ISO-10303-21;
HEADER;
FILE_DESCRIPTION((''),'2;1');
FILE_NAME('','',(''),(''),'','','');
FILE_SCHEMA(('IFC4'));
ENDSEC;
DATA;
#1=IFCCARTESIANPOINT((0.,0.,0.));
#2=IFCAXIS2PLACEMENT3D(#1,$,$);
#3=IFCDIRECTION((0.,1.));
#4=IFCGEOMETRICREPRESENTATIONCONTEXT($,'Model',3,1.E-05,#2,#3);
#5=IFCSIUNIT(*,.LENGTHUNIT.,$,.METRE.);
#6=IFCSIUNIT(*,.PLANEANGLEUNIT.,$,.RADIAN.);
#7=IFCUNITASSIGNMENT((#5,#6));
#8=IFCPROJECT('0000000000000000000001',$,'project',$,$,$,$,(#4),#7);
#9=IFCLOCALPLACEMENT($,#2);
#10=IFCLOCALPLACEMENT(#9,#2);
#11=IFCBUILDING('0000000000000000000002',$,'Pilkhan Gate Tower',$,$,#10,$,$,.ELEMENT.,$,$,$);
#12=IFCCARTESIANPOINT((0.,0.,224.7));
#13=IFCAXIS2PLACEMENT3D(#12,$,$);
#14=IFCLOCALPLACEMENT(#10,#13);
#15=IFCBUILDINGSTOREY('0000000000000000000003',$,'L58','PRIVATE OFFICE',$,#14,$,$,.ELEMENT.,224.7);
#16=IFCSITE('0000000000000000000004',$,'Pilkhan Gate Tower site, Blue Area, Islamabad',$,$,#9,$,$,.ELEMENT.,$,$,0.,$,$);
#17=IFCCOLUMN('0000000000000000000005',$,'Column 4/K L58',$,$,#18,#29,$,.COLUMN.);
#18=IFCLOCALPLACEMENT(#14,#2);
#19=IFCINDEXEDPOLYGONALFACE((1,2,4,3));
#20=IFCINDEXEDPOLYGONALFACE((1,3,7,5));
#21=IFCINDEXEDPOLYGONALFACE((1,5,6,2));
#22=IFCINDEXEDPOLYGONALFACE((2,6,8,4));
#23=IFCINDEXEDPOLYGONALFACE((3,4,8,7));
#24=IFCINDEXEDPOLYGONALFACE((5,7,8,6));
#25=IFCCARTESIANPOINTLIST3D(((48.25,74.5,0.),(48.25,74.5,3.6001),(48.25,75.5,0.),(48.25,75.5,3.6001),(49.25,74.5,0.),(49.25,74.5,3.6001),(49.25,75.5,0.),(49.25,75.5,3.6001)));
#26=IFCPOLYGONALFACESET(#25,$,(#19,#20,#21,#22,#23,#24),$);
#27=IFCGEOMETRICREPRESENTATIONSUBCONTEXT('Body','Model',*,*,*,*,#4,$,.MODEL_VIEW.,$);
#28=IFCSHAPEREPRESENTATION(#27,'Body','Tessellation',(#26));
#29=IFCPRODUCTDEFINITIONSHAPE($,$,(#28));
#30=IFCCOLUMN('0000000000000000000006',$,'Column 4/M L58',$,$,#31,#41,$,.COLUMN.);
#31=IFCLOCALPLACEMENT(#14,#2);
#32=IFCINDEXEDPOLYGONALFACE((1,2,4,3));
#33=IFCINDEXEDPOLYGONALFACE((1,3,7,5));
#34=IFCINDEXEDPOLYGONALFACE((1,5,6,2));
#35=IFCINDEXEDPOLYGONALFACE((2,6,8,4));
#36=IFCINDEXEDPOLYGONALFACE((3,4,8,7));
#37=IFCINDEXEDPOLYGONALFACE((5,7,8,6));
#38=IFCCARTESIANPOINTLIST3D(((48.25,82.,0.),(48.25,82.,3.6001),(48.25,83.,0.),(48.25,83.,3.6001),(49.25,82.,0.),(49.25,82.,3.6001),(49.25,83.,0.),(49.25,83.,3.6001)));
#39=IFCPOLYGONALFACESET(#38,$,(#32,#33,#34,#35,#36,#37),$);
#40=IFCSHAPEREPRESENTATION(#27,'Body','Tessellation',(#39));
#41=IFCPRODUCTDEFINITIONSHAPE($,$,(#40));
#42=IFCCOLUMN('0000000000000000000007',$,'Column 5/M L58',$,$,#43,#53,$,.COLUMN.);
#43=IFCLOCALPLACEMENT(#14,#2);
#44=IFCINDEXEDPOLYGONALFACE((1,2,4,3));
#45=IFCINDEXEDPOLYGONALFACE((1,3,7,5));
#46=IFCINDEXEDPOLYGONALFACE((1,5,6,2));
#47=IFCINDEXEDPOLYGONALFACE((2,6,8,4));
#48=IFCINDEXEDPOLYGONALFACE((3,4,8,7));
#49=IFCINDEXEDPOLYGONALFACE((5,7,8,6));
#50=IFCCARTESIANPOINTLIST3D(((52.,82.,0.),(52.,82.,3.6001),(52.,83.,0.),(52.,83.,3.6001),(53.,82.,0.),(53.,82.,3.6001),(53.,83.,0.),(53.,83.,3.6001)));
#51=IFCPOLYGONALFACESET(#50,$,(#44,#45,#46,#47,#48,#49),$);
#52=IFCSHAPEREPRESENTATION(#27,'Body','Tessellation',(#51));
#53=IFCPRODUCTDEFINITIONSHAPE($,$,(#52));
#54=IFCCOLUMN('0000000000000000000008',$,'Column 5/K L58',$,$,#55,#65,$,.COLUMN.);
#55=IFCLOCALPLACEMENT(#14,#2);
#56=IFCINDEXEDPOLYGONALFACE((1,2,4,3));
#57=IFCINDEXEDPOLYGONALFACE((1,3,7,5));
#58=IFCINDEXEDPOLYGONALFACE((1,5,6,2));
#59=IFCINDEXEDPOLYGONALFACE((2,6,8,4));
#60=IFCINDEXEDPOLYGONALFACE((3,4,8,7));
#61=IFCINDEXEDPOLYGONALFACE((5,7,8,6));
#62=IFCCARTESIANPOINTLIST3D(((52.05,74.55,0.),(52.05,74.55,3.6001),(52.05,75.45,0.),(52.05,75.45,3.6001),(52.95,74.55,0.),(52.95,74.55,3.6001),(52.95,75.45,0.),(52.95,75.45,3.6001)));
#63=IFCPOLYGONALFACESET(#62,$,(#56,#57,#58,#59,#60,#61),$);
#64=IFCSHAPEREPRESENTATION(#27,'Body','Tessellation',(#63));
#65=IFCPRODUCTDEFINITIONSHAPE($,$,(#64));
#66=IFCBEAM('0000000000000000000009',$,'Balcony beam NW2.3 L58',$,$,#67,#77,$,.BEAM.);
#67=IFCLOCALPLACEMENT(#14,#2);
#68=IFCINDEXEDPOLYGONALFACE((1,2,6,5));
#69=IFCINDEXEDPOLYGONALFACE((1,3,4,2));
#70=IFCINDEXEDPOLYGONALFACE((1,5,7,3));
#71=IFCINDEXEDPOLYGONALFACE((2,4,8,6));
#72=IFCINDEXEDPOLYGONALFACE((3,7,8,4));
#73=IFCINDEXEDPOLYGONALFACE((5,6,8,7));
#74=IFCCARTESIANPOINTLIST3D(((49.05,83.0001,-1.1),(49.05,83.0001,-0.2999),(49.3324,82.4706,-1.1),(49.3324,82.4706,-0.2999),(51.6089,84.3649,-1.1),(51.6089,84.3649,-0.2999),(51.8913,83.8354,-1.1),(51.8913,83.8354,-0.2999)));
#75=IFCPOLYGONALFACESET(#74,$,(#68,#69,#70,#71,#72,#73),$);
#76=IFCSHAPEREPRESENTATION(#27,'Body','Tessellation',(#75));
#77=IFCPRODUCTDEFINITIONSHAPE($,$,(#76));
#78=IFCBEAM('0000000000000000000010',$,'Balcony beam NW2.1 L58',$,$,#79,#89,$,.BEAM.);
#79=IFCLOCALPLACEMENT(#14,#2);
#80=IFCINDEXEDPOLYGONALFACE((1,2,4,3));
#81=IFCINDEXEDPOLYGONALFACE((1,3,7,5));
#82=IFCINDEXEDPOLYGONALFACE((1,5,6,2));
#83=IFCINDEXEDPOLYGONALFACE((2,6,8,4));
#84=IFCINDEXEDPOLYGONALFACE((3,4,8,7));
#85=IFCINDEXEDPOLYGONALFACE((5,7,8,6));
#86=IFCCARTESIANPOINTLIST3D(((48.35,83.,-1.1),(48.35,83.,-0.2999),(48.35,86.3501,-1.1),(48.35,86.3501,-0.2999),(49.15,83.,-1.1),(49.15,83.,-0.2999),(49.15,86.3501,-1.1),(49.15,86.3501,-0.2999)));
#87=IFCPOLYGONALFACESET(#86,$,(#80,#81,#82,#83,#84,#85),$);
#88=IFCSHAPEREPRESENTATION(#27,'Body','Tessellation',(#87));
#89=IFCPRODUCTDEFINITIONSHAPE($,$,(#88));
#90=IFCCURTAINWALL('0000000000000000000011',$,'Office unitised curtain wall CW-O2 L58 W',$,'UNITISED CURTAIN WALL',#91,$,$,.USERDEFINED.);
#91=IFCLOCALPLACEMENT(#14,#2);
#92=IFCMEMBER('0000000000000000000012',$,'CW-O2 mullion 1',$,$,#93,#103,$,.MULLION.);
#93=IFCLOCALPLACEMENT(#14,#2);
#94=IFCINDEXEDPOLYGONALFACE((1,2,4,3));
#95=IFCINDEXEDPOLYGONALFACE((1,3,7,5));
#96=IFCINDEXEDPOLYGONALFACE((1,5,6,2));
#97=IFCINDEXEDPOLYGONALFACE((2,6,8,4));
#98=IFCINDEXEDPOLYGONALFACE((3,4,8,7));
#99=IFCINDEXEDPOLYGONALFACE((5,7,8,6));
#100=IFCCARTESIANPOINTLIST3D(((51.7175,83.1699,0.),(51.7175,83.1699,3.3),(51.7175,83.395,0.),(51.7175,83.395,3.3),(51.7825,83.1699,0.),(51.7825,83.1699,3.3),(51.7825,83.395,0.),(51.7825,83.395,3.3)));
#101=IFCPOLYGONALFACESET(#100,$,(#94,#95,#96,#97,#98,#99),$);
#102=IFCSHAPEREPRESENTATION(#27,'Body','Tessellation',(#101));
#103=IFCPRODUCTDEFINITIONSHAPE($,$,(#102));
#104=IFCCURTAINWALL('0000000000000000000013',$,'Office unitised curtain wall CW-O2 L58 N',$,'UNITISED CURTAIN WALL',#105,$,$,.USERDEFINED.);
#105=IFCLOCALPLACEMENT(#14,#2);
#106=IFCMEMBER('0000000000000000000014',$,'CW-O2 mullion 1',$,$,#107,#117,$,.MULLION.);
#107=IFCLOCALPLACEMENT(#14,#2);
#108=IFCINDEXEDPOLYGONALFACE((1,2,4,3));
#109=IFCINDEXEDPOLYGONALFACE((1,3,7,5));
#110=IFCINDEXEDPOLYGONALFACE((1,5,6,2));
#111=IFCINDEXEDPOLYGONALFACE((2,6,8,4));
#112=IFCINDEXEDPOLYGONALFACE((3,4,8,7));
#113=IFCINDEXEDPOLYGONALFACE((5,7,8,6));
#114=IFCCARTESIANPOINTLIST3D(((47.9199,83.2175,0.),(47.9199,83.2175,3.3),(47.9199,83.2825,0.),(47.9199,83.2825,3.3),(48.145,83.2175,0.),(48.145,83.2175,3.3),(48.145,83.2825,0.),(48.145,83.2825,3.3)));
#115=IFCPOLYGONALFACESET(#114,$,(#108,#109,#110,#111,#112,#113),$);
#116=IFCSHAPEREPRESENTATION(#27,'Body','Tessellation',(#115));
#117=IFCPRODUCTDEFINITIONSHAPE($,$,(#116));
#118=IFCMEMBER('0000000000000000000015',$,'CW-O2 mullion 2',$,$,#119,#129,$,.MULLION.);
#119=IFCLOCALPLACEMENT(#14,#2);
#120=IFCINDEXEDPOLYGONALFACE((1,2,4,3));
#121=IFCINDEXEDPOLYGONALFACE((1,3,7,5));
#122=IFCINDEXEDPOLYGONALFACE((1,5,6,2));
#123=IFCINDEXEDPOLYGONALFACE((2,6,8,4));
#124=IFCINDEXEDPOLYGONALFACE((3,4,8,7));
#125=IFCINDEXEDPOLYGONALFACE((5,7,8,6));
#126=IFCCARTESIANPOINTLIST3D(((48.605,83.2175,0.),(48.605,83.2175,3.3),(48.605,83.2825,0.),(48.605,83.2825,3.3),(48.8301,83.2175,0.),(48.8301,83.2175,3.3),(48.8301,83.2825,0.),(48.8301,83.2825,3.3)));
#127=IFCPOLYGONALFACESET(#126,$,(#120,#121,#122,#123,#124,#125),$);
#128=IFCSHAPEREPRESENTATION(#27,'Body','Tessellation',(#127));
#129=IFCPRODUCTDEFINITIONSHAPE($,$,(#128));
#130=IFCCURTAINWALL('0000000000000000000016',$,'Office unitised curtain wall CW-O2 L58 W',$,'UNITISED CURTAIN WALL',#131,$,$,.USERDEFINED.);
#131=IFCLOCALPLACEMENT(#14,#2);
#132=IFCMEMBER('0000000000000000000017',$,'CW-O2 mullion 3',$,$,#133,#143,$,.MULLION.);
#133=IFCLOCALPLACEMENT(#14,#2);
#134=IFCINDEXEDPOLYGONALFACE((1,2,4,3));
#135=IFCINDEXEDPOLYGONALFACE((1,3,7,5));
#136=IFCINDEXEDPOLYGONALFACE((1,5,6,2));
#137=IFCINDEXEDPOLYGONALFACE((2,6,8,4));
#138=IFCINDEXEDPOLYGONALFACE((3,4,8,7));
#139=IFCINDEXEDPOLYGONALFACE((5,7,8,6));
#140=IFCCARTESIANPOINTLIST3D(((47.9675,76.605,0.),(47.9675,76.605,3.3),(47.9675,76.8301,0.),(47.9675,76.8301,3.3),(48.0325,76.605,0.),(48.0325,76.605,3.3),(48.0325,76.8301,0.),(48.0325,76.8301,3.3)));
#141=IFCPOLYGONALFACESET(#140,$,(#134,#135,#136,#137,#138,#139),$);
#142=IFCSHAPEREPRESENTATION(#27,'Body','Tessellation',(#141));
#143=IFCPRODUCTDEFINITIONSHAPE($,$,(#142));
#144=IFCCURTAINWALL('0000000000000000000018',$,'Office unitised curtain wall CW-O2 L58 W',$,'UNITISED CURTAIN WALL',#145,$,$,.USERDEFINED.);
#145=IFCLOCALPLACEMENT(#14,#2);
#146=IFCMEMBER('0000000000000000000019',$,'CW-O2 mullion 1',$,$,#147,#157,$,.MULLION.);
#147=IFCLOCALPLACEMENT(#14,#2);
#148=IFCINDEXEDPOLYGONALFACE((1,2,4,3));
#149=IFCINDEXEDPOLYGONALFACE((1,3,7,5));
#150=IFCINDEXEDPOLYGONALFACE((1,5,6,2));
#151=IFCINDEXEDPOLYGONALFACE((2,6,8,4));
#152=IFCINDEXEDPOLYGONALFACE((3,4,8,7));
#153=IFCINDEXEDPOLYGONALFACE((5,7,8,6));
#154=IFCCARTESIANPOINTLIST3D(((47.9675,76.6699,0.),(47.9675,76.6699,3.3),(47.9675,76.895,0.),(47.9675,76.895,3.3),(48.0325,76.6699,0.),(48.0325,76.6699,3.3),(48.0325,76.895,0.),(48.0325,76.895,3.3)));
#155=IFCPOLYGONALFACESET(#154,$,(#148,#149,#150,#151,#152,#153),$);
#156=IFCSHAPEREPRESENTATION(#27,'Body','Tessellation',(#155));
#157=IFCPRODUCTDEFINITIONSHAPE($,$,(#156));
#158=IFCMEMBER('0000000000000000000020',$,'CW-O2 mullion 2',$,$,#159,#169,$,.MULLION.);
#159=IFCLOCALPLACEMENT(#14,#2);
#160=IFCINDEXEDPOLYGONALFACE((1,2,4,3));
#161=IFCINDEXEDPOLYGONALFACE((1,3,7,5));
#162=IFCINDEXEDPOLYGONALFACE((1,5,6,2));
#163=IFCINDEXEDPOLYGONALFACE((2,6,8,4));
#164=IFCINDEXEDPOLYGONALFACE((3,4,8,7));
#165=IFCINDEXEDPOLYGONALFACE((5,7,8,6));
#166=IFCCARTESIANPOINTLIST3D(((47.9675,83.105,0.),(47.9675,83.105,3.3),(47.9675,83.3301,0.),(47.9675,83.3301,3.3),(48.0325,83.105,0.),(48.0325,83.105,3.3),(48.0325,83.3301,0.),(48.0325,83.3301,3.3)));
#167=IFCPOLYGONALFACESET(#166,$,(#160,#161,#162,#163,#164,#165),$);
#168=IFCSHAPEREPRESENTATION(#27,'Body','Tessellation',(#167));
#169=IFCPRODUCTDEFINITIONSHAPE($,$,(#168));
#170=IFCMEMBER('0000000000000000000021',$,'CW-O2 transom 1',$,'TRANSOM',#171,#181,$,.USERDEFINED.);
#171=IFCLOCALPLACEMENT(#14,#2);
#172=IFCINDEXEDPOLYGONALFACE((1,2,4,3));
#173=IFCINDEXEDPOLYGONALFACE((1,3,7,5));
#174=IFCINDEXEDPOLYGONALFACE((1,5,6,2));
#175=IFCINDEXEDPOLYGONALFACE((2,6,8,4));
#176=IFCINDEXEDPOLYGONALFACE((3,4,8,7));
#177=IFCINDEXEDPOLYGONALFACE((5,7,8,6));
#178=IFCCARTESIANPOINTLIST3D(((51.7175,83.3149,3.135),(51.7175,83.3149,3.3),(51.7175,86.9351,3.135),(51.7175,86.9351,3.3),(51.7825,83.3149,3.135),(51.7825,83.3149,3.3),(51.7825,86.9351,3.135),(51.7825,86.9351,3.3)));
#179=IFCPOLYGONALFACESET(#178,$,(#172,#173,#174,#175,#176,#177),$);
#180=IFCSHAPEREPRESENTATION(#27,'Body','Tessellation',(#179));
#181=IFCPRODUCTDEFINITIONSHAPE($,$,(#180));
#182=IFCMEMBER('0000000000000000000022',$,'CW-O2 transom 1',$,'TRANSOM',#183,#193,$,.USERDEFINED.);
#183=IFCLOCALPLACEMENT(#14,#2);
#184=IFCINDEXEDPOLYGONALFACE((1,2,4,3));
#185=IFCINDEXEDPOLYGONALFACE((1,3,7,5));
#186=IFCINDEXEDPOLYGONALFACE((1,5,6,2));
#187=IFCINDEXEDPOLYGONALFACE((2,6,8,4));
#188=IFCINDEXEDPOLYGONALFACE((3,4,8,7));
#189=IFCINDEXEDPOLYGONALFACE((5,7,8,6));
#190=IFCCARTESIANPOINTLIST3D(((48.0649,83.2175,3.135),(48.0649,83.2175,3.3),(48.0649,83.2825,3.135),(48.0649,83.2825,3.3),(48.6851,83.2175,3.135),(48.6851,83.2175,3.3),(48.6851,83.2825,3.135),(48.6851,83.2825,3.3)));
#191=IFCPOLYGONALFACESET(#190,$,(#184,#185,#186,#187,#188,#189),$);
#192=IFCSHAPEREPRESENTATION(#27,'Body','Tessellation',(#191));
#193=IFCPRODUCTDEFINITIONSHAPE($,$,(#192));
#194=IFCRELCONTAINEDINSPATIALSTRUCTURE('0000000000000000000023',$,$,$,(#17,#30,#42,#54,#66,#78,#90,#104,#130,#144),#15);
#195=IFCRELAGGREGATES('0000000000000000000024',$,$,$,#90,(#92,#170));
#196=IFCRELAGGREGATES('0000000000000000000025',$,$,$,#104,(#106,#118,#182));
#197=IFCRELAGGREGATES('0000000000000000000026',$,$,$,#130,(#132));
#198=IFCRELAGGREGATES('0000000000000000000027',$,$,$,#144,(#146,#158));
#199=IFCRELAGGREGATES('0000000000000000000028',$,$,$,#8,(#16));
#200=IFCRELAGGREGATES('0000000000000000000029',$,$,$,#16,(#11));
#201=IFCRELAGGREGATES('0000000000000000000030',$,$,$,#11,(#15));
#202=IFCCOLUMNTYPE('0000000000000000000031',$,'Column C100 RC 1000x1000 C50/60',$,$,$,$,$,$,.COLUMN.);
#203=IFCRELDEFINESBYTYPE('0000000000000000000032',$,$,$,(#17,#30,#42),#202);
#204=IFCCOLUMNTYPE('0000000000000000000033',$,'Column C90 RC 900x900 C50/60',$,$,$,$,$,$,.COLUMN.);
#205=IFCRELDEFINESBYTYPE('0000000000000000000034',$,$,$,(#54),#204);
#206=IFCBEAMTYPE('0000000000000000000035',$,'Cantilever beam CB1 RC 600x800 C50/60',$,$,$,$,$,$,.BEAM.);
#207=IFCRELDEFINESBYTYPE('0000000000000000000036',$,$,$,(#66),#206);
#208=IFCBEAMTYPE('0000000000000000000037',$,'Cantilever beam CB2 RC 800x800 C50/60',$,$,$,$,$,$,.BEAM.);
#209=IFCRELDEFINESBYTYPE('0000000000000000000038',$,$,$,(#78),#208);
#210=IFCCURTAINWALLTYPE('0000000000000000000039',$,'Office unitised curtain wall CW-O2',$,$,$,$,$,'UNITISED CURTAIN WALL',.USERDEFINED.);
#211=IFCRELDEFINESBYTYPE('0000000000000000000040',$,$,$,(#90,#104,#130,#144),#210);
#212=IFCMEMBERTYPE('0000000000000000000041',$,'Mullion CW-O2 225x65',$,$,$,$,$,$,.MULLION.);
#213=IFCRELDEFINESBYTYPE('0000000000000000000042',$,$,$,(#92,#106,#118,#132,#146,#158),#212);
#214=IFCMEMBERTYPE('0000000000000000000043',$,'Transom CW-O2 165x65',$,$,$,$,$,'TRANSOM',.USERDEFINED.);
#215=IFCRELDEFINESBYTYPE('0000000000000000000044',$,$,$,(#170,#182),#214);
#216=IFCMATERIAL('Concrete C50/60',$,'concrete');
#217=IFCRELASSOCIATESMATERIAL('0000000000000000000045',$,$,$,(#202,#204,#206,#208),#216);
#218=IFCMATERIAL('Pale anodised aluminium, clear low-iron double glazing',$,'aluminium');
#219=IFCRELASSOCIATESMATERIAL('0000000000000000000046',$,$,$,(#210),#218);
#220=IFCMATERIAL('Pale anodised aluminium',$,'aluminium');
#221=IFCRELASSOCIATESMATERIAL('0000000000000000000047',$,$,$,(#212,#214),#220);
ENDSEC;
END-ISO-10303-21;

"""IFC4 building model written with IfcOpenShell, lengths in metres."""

from ifc_helpers import new_model, si_unit, direction, frame, origin, origin_2d, place, context, subcontext, project, spatial, rectangle, extrude, material, material_profile, profile_set, type_object, element, aggregate, save


model = new_model("IFC4")

# Units and contexts
model_context = context("Model", 3, precision=1e-05, world=origin(), true_north=direction((0.0, 1.0)))
body_context = subcontext(model_context, "Body", "Model", "MODEL_VIEW")
ifc_project = project(units=[si_unit("LENGTHUNIT", "METRE"), si_unit("PLANEANGLEUNIT", "RADIAN")], contexts=[model_context])

# Site, building, storey
site_placement = place(None, origin())
site = spatial("IfcSite", under=ifc_project, at=site_placement, Name="Pilkhan Gate Tower site, Blue Area, Islamabad", CompositionType="ELEMENT", RefElevation=0.0)
building_placement = place(site_placement, origin())
building = spatial("IfcBuilding", under=site, at=building_placement, Name="Pilkhan Gate Tower", CompositionType="ELEMENT")
storey_placement = place(building_placement, frame((0.0, 0.0, 224.7)))
storey = spatial("IfcBuildingStorey", under=building, at=storey_placement, Name="L58", Description="PRIVATE OFFICE", CompositionType="ELEMENT", Elevation=224.7)

# Columns
ifc_material_1 = material(Name="Concrete C50/60", Category="concrete")
ifc_material_profile_1 = material_profile(ifc_material_1, rectangle(XDim=1.0, YDim=1.0, at=origin_2d()), Name="RC 1000x1000")
ifc_profile_set_1 = profile_set([ifc_material_profile_1], Name="Concrete C50/60")
column_type_1 = type_object("IfcColumnType", Name="Column C100 RC 1000x1000 C50/60", PredefinedType="COLUMN", material=ifc_profile_set_1)
for number, where, z_axis, x_axis, name in (
    (1, (48.75, 75.0, 0.0), (0.0, 0.0, 1.0), (1.0, 0.0, 0.0), "Column 4/K L58"),
    (2, (48.75, 82.5, 0.0), (0.0, 0.0, 1.0), (1.0, 0.0, 0.0), "Column 4/M L58"),
    (3, (52.5, 82.5, 0.0), (0.0, 0.0, 1.0), (1.0, 0.0, 0.0), "Column 5/M L58"),
):
    element("IfcColumn", number, at=place(storey_placement, frame(where, z_axis=z_axis, x_axis=x_axis)), inside=storey, type_object=column_type_1, Name=name, PredefinedType="COLUMN", context=body_context, shape_type="SweptSolid", body=[
        extrude(rectangle(XDim=1.0, YDim=1.0, at=origin_2d()), origin(), (0.0, 0.0, 1.0), 3.6001),
    ])
ifc_material_profile_2 = material_profile(ifc_material_1, rectangle(XDim=0.8999, YDim=0.8999, at=origin_2d()), Name="RC 900x900")
ifc_profile_set_2 = profile_set([ifc_material_profile_2], Name="Concrete C50/60")
column_type_2 = type_object("IfcColumnType", Name="Column C90 RC 900x900 C50/60", PredefinedType="COLUMN", material=ifc_profile_set_2)
column_placement = place(storey_placement, frame((52.5, 75.0, 0.0), z_axis=(0.0, 0.0, 1.0), x_axis=(1.0, 0.0, 0.0)))
element("IfcColumn", 4, at=column_placement, inside=storey, type_object=column_type_2, Name="Column 5/K L58", PredefinedType="COLUMN", context=body_context, shape_type="SweptSolid", body=[
    extrude(rectangle(XDim=0.8999, YDim=0.8999, at=origin_2d()), origin(), (0.0, 0.0, 1.0), 3.6001),
])

# Beams
ifc_material_profile_3 = material_profile(ifc_material_1, rectangle(XDim=0.6001, YDim=0.8, at=origin_2d()), Name="RC 600x800")
ifc_profile_set_3 = profile_set([ifc_material_profile_3], Name="Concrete C50/60")
beam_type_1 = type_object("IfcBeamType", Name="Cantilever beam CB1 RC 600x800 C50/60", PredefinedType="BEAM", material=ifc_profile_set_3)
beam_1_placement = place(storey_placement, frame((49.1912, 82.7354, -0.7), z_axis=(0.882348, 0.470597, 0.0), x_axis=(-0.470597, 0.882348, 0.0)))
element("IfcBeam", 5, at=beam_1_placement, inside=storey, type_object=beam_type_1, Name="Balcony beam NW2.3 L58", PredefinedType="BEAM", context=body_context, shape_type="SweptSolid", body=[
    extrude(rectangle(XDim=0.6001, YDim=0.8, at=origin_2d()), origin(), (0.0, 0.0, 1.0), 2.9001),
])
ifc_material_profile_4 = material_profile(ifc_material_1, rectangle(XDim=0.8, YDim=0.8, at=origin_2d()), Name="RC 800x800")
ifc_profile_set_4 = profile_set([ifc_material_profile_4], Name="Concrete C50/60")
beam_type_2 = type_object("IfcBeamType", Name="Cantilever beam CB2 RC 800x800 C50/60", PredefinedType="BEAM", material=ifc_profile_set_4)
beam_2_placement = place(storey_placement, frame((48.75, 83.0, -0.7), z_axis=(0.0, 1.0, 0.0), x_axis=(-1.0, 0.0, 0.0)))
element("IfcBeam", 6, at=beam_2_placement, inside=storey, type_object=beam_type_2, Name="Balcony beam NW2.1 L58", PredefinedType="BEAM", context=body_context, shape_type="SweptSolid", body=[
    extrude(rectangle(XDim=0.8, YDim=0.8, at=origin_2d()), origin(), (0.0, 0.0, 1.0), 3.3501),
])

# Curtain wall, member
ifc_material_2 = material(Name="Pale anodised aluminium, clear low-iron double glazing", Category="aluminium")
curtain_wall_type = type_object("IfcCurtainWallType", Name="Office unitised curtain wall CW-O2", ElementType="UNITISED CURTAIN WALL", PredefinedType="USERDEFINED", material=ifc_material_2)
curtain_wall_1_placement = place(storey_placement, origin())
curtain_wall_1 = element("IfcCurtainWall", 7, at=curtain_wall_1_placement, inside=storey, type_object=curtain_wall_type, Name="Office unitised curtain wall CW-O2 L58 W", ObjectType="UNITISED CURTAIN WALL", PredefinedType="USERDEFINED")
ifc_material_3 = material(Name="Pale anodised aluminium", Category="aluminium")
ifc_material_profile_5 = material_profile(ifc_material_3, rectangle(XDim=0.0649, YDim=0.2251, at=origin_2d()), Name="Mullion 225x65")
ifc_profile_set_5 = profile_set([ifc_material_profile_5], Name="Pale anodised aluminium")
member_type_1 = type_object("IfcMemberType", Name="Mullion CW-O2 225x65", PredefinedType="MULLION", material=ifc_profile_set_5)
member_1_placement = place(storey_placement, frame((51.75, 83.2825, 0.0), z_axis=(0.0, 0.0, 1.0), x_axis=(-1.0, 0.0, 0.0)))
member_1 = element("IfcMember", 8, at=member_1_placement, type_object=member_type_1, Name="CW-O2 mullion 1", PredefinedType="MULLION", context=body_context, shape_type="SweptSolid", body=[
    extrude(rectangle(XDim=0.0649, YDim=0.2251, at=origin_2d()), origin(), (0.0, 0.0, 1.0), 3.3),
])

# Curtain wall, members
curtain_wall_2_placement = place(storey_placement, origin())
curtain_wall_2 = element("IfcCurtainWall", 9, at=curtain_wall_2_placement, inside=storey, type_object=curtain_wall_type, Name="Office unitised curtain wall CW-O2 L58 N", ObjectType="UNITISED CURTAIN WALL", PredefinedType="USERDEFINED")
member_2_placement = place(storey_placement, frame((48.0325, 83.25, 0.0), z_axis=(0.0, 0.0, 1.0), x_axis=(0.0, 1.0, 0.0)))
member_2 = element("IfcMember", 10, at=member_2_placement, type_object=member_type_1, Name="CW-O2 mullion 1", PredefinedType="MULLION", context=body_context, shape_type="SweptSolid", body=[
    extrude(rectangle(XDim=0.0649, YDim=0.2251, at=origin_2d()), origin(), (0.0, 0.0, 1.0), 3.3),
])
member_3_placement = place(storey_placement, frame((48.7175, 83.25, 0.0), z_axis=(0.0, 0.0, 1.0), x_axis=(0.0, 1.0, 0.0)))
member_3 = element("IfcMember", 11, at=member_3_placement, type_object=member_type_1, Name="CW-O2 mullion 2", PredefinedType="MULLION", context=body_context, shape_type="SweptSolid", body=[
    extrude(rectangle(XDim=0.0649, YDim=0.2251, at=origin_2d()), origin(), (0.0, 0.0, 1.0), 3.3),
])

# Curtain wall, member
curtain_wall_3_placement = place(storey_placement, origin())
curtain_wall_3 = element("IfcCurtainWall", 12, at=curtain_wall_3_placement, inside=storey, type_object=curtain_wall_type, Name="Office unitised curtain wall CW-O2 L58 W", ObjectType="UNITISED CURTAIN WALL", PredefinedType="USERDEFINED")
member_4_placement = place(storey_placement, frame((48.0, 76.7175, 0.0), z_axis=(0.0, 0.0, 1.0), x_axis=(-1.0, 0.0, 0.0)))
member_4 = element("IfcMember", 13, at=member_4_placement, type_object=member_type_1, Name="CW-O2 mullion 3", PredefinedType="MULLION", context=body_context, shape_type="SweptSolid", body=[
    extrude(rectangle(XDim=0.0649, YDim=0.2251, at=origin_2d()), origin(), (0.0, 0.0, 1.0), 3.3),
])

# Curtain wall, members
curtain_wall_4_placement = place(storey_placement, origin())
curtain_wall_4 = element("IfcCurtainWall", 14, at=curtain_wall_4_placement, inside=storey, type_object=curtain_wall_type, Name="Office unitised curtain wall CW-O2 L58 W", ObjectType="UNITISED CURTAIN WALL", PredefinedType="USERDEFINED")
member_5_placement = place(storey_placement, frame((48.0, 76.7825, 0.0), z_axis=(0.0, 0.0, 1.0), x_axis=(-1.0, 0.0, 0.0)))
member_5 = element("IfcMember", 15, at=member_5_placement, type_object=member_type_1, Name="CW-O2 mullion 1", PredefinedType="MULLION", context=body_context, shape_type="SweptSolid", body=[
    extrude(rectangle(XDim=0.0649, YDim=0.2251, at=origin_2d()), origin(), (0.0, 0.0, 1.0), 3.3),
])
member_6_placement = place(storey_placement, frame((48.0, 83.2175, 0.0), z_axis=(0.0, 0.0, 1.0), x_axis=(-1.0, 0.0, 0.0)))
member_6 = element("IfcMember", 16, at=member_6_placement, type_object=member_type_1, Name="CW-O2 mullion 2", PredefinedType="MULLION", context=body_context, shape_type="SweptSolid", body=[
    extrude(rectangle(XDim=0.0649, YDim=0.2251, at=origin_2d()), origin(), (0.0, 0.0, 1.0), 3.3),
])

# Members
ifc_material_profile_6 = material_profile(ifc_material_3, rectangle(XDim=0.0649, YDim=0.165, at=origin_2d()), Name="Transom 165x65")
ifc_profile_set_6 = profile_set([ifc_material_profile_6], Name="Pale anodised aluminium")
member_type_2 = type_object("IfcMemberType", Name="Transom CW-O2 165x65", ElementType="TRANSOM", PredefinedType="USERDEFINED", material=ifc_profile_set_6)
member_7_placement = place(storey_placement, frame((51.75, 83.3149, 3.2175), z_axis=(0.0, 1.0, 0.0), x_axis=(-1.0, 0.0, 0.0)))
member_7 = element("IfcMember", 17, at=member_7_placement, type_object=member_type_2, Name="CW-O2 transom 1", ObjectType="TRANSOM", PredefinedType="USERDEFINED", context=body_context, shape_type="SweptSolid", body=[
    extrude(rectangle(XDim=0.0649, YDim=0.165, at=origin_2d()), origin(), (0.0, 0.0, 1.0), 3.6201),
])
aggregate(curtain_wall_1, [member_1, member_7])
member_8_placement = place(storey_placement, frame((48.0649, 83.25, 3.2175), z_axis=(1.0, 0.0, 0.0), x_axis=(0.0, 1.0, 0.0)))
member_8 = element("IfcMember", 18, at=member_8_placement, type_object=member_type_2, Name="CW-O2 transom 1", ObjectType="TRANSOM", PredefinedType="USERDEFINED", context=body_context, shape_type="SweptSolid", body=[
    extrude(rectangle(XDim=0.0649, YDim=0.165, at=origin_2d()), origin(), (0.0, 0.0, 1.0), 0.6201),
])

aggregate(curtain_wall_2, [member_2, member_3, member_8])
aggregate(curtain_wall_3, [member_4])
aggregate(curtain_wall_4, [member_5, member_6])

save(model, "model.ifc")
